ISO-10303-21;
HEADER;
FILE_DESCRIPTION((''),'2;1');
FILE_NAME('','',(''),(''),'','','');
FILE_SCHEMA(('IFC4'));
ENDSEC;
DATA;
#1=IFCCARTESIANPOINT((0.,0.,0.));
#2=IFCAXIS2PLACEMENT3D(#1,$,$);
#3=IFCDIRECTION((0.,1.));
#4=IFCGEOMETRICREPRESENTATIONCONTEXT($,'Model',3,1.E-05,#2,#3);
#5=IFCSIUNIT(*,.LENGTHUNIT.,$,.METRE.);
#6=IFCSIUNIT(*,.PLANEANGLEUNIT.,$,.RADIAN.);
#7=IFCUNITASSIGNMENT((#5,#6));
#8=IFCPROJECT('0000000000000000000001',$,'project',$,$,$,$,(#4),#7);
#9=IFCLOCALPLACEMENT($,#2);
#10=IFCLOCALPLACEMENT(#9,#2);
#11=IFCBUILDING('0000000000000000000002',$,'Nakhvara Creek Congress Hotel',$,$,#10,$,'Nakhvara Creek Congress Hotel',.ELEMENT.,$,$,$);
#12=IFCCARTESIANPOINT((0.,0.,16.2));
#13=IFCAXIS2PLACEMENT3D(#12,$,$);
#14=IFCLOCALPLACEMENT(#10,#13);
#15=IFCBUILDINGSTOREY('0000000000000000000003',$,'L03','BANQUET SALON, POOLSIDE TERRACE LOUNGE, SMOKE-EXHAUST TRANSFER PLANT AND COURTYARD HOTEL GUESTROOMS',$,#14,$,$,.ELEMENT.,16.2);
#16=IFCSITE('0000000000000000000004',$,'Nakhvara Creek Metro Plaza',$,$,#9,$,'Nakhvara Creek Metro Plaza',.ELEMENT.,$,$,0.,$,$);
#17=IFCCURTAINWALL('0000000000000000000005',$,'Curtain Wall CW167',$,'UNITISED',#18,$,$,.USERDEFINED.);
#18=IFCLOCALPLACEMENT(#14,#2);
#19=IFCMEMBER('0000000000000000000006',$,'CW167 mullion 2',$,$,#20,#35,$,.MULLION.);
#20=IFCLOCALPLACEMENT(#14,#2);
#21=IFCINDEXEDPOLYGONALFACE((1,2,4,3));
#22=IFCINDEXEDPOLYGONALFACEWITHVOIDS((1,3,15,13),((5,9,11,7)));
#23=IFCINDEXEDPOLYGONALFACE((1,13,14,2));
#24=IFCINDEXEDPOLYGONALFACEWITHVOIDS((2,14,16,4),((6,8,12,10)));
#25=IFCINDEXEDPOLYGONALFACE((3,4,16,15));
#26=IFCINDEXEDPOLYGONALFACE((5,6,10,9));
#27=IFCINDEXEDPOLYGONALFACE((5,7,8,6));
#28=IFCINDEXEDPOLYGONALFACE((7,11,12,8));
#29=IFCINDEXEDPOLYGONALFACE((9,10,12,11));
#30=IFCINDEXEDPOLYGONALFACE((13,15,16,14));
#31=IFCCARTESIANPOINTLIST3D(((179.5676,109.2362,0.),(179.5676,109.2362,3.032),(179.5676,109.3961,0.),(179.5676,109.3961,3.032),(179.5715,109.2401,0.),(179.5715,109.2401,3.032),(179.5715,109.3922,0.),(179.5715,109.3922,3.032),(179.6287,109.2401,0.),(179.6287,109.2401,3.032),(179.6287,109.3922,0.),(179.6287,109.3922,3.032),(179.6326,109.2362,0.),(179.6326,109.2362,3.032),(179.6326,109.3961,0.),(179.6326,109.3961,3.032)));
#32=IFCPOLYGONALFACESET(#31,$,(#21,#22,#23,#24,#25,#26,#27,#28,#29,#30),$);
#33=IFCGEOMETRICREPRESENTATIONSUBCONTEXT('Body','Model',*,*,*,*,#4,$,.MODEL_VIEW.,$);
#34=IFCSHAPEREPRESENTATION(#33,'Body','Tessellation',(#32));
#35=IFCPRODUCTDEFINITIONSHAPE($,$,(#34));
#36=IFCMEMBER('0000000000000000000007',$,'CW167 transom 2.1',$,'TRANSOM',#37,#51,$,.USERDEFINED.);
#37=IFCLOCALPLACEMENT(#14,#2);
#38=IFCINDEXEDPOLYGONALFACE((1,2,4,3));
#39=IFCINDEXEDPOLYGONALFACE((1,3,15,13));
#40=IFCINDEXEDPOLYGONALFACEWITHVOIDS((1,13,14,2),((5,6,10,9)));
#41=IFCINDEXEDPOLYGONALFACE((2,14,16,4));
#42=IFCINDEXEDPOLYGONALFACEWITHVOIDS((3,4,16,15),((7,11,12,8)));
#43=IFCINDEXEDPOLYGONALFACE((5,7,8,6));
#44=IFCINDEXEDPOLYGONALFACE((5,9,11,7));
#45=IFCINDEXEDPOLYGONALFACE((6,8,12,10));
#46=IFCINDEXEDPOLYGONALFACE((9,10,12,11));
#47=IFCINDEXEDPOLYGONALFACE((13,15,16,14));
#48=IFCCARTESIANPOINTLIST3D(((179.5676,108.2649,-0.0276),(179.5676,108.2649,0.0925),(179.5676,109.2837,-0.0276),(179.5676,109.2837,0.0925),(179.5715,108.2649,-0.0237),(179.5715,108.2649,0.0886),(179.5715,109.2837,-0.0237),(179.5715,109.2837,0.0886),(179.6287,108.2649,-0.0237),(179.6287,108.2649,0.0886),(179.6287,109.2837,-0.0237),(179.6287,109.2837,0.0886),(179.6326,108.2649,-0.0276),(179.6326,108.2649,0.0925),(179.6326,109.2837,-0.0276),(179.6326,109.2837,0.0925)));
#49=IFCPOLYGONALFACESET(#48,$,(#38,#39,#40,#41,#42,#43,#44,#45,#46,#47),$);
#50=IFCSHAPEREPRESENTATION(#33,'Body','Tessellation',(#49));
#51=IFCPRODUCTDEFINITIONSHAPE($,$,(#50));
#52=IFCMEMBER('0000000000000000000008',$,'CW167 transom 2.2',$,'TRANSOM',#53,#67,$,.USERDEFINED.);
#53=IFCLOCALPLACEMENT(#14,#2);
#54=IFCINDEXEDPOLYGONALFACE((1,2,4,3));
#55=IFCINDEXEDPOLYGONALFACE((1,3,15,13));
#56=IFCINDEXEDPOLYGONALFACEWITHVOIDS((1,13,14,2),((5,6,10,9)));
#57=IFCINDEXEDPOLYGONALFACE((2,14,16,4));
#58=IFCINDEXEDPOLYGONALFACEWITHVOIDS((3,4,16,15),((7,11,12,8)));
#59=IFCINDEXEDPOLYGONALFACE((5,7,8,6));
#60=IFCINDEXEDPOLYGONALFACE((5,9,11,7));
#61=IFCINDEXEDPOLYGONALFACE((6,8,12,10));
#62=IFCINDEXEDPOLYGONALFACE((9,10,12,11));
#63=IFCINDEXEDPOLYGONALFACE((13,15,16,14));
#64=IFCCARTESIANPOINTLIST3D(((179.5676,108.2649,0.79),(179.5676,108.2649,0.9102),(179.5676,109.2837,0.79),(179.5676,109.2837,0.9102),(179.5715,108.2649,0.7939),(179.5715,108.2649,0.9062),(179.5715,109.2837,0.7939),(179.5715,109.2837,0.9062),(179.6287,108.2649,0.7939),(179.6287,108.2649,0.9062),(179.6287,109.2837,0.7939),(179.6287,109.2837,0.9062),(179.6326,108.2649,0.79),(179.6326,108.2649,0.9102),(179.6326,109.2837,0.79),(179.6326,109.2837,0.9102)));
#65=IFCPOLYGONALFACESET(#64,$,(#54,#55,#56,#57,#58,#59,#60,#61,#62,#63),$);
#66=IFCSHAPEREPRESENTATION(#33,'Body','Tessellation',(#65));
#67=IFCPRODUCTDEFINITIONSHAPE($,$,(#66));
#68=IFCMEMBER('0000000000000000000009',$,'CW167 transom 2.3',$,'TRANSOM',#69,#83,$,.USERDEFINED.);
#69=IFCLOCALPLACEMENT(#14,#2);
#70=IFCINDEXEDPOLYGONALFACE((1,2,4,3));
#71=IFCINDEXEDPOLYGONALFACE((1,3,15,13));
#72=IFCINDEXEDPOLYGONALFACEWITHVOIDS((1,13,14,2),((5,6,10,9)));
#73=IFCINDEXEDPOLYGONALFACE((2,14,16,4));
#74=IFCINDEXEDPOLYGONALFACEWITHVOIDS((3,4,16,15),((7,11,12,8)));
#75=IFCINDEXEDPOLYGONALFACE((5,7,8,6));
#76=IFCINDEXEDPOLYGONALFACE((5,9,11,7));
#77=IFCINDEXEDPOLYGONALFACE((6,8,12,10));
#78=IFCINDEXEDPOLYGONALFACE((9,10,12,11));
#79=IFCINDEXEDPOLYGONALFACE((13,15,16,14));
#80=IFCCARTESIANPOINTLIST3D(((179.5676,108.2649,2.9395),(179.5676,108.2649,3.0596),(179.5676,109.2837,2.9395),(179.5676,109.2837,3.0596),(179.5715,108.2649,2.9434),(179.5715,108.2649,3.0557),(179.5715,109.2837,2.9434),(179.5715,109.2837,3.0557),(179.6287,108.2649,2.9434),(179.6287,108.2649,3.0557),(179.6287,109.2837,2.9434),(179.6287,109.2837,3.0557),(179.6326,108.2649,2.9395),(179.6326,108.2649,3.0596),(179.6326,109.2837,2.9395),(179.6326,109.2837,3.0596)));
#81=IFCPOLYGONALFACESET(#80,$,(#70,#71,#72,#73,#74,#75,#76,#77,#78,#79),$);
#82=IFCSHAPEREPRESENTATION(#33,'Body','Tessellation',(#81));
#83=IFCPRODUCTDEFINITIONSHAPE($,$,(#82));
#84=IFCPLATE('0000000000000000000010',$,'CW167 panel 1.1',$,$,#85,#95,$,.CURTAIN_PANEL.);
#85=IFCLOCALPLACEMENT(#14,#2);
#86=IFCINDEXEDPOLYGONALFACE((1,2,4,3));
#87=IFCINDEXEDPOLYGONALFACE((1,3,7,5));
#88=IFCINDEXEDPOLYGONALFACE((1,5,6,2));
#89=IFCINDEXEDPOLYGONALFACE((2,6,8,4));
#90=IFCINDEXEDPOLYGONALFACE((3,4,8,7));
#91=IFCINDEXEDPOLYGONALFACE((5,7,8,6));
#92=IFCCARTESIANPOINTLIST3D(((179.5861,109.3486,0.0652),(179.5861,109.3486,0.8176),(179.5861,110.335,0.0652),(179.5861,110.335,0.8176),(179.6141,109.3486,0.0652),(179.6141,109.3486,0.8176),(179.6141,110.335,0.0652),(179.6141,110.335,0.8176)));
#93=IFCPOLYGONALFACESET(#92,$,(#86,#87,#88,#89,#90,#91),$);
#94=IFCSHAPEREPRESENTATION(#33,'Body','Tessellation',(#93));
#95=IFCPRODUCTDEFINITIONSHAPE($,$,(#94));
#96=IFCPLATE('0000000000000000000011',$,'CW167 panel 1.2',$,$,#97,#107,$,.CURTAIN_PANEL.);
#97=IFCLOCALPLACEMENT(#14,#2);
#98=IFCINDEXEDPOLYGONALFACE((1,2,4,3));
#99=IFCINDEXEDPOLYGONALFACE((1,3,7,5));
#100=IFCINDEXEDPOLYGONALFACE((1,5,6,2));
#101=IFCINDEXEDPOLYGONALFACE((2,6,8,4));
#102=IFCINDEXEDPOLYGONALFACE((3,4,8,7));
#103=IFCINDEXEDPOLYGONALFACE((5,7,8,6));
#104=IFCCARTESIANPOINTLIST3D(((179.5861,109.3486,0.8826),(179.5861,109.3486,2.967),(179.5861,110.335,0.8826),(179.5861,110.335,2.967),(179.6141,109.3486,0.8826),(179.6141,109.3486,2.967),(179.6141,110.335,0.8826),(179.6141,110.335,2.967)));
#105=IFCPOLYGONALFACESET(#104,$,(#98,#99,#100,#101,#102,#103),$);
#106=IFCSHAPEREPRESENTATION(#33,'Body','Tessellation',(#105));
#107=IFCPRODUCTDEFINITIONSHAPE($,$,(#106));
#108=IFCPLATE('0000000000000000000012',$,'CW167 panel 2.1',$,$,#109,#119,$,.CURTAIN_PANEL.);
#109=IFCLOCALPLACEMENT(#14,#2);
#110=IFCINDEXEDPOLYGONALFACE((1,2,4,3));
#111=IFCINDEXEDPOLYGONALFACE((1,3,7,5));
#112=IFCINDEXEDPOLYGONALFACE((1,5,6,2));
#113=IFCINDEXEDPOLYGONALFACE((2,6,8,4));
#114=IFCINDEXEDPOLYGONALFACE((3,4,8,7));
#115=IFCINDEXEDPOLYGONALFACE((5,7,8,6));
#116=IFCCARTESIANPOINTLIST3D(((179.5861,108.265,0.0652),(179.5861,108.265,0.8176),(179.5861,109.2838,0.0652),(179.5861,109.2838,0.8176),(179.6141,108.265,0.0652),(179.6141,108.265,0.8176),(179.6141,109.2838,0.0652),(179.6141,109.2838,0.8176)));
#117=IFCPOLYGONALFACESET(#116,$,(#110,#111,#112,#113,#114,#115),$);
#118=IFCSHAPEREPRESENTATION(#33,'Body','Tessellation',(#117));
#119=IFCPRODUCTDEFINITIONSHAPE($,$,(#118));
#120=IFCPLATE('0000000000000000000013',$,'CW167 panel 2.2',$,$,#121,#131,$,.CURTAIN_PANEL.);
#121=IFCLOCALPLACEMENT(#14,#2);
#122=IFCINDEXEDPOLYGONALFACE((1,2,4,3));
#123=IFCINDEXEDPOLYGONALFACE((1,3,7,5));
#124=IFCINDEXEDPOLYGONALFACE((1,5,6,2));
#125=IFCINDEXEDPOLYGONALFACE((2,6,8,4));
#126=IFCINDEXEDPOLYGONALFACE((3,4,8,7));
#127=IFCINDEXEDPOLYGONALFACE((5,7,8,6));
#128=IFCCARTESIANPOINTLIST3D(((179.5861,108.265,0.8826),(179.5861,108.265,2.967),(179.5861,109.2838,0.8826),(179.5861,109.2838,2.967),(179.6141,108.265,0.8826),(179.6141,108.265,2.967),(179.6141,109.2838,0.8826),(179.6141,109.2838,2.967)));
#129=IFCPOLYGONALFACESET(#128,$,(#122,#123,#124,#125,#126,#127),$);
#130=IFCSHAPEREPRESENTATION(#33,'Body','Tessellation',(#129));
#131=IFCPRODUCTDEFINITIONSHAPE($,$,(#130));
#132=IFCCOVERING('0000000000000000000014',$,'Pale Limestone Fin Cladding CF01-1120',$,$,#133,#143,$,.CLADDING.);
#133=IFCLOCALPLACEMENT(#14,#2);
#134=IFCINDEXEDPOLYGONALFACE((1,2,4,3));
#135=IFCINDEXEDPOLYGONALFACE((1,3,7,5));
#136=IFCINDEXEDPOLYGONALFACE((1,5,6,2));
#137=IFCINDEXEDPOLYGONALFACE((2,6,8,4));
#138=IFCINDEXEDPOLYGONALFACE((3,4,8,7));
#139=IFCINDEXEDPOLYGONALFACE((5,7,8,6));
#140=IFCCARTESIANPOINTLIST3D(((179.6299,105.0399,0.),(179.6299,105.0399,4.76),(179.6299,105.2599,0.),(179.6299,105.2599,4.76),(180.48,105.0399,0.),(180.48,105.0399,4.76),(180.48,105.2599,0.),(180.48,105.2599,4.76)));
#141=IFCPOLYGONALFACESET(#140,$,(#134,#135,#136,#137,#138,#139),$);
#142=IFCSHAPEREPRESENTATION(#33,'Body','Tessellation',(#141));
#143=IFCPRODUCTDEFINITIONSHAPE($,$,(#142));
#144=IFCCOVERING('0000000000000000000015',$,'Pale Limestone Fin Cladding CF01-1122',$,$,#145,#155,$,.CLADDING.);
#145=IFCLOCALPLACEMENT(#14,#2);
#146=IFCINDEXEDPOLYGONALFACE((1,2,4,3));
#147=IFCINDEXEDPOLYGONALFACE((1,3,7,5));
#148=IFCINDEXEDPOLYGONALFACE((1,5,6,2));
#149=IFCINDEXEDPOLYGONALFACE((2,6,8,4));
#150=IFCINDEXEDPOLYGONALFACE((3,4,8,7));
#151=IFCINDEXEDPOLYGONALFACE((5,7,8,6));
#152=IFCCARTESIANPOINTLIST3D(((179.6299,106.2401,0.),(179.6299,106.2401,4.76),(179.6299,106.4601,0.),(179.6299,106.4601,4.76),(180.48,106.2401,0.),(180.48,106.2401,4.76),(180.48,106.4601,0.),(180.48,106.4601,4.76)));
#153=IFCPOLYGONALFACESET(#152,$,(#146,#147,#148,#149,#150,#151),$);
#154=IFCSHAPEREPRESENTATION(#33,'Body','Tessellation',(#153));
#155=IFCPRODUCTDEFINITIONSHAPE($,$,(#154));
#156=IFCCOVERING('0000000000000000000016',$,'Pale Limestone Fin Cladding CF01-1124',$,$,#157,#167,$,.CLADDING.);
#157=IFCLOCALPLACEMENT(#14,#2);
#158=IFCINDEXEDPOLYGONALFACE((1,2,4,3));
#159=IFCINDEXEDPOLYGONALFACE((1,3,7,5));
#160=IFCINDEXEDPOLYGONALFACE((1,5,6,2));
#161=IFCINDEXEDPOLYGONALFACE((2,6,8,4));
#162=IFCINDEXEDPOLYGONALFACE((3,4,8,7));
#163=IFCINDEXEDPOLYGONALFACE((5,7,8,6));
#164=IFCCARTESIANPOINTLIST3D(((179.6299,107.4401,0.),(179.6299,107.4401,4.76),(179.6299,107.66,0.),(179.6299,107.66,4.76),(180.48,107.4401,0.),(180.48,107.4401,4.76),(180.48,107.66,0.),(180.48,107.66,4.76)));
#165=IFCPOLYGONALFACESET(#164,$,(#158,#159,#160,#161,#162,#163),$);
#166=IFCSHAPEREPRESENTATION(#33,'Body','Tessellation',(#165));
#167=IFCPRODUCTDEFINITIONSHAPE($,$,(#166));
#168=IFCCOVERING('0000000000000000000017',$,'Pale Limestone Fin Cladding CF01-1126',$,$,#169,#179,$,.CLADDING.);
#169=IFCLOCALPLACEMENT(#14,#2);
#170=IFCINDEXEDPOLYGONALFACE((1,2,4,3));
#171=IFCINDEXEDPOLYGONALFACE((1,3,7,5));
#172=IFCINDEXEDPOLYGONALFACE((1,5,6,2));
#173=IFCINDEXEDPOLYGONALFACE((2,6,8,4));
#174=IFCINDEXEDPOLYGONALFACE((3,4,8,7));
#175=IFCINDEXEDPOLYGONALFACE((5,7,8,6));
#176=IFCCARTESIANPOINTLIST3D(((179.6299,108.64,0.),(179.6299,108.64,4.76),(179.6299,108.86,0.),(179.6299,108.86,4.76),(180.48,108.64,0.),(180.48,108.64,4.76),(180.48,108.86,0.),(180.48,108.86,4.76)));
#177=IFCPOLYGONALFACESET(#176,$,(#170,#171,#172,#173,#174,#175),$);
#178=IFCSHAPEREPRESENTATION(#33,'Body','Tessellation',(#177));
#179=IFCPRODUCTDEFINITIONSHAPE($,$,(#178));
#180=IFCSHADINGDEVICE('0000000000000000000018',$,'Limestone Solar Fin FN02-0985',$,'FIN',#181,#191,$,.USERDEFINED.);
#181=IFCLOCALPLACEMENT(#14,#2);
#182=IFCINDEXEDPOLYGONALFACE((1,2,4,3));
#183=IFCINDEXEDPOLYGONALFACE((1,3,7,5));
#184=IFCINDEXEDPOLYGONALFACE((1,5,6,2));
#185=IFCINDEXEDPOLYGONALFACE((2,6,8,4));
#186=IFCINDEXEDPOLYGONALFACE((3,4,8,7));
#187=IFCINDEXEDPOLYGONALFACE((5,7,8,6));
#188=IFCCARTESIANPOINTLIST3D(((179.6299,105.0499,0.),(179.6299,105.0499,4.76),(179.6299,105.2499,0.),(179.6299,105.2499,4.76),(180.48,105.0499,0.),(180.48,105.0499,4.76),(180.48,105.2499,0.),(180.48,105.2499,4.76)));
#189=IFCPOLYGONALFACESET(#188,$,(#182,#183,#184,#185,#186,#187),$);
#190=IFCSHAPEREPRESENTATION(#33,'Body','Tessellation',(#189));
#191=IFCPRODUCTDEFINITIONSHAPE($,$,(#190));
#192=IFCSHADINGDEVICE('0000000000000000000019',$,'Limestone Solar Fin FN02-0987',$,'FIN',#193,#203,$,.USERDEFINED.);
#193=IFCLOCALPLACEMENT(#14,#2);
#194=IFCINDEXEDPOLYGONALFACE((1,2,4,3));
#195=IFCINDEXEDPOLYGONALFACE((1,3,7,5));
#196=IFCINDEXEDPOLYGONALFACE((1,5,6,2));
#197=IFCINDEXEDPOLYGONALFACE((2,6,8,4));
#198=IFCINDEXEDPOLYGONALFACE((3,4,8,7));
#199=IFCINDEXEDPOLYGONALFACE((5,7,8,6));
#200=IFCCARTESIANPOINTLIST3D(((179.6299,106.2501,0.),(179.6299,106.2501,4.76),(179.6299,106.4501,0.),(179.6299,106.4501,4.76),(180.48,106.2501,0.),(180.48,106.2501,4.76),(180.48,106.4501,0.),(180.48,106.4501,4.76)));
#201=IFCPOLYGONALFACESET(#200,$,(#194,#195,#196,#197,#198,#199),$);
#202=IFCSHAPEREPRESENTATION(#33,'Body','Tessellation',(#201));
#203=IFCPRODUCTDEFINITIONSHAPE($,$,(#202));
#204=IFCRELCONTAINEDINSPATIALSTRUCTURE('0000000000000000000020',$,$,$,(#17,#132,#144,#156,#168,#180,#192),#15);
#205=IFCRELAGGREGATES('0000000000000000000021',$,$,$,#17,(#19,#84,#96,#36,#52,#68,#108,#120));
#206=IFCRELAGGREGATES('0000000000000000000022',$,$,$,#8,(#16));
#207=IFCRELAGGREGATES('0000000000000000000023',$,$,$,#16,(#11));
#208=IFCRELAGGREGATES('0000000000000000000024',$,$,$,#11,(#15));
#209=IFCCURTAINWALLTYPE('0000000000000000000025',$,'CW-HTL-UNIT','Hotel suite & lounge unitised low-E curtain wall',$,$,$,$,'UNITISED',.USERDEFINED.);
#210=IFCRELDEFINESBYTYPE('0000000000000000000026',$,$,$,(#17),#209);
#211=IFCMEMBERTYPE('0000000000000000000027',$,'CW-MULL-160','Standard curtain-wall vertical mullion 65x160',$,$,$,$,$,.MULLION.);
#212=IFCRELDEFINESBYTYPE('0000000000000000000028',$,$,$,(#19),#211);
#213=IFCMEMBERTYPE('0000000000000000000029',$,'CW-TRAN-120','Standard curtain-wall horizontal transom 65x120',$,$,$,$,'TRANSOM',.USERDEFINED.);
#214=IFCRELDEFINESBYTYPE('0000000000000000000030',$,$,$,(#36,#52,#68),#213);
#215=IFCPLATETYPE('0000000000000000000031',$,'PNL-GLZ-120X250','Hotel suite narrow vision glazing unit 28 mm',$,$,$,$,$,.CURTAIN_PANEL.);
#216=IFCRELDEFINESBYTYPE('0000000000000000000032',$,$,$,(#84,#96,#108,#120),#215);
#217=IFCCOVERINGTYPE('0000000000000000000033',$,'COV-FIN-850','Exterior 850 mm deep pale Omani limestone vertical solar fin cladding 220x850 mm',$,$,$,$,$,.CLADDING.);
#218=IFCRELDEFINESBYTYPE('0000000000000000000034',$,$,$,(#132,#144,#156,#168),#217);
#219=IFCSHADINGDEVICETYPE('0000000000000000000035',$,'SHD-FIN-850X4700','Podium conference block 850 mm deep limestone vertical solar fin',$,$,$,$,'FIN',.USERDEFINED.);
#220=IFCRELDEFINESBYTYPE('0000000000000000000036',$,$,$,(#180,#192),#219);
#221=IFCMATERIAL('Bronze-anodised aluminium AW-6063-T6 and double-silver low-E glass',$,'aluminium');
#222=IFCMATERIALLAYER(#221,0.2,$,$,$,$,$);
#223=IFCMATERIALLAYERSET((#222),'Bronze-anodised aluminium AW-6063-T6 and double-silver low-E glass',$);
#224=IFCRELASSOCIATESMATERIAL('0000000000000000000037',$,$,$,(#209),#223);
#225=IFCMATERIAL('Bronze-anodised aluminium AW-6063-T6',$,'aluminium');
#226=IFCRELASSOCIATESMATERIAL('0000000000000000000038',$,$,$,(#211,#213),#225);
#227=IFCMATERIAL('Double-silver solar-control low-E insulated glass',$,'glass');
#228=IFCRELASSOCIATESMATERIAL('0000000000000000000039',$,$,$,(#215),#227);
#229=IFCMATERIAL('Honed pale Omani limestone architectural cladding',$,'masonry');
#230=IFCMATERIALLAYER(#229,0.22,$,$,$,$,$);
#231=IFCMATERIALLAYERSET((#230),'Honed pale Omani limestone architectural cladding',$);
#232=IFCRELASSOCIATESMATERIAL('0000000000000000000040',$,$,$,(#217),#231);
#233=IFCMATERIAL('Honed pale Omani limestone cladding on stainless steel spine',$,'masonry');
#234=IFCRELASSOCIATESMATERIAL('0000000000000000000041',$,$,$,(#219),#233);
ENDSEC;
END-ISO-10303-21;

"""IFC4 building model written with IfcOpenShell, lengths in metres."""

from ifc_helpers import new_model, si_unit, direction, frame, origin, origin_2d, place, context, subcontext, project, spatial, rectangle, hollow_rectangle, extrude, material, layer, layer_set, material_profile, profile_set, type_object, element, aggregate, save


model = new_model("IFC4")

# Units and contexts
model_context = context("Model", 3, precision=1e-05, world=origin(), true_north=direction((0.0, 1.0)))
body_context = subcontext(model_context, "Body", "Model", "MODEL_VIEW")
ifc_project = project(units=[si_unit("LENGTHUNIT", "METRE"), si_unit("PLANEANGLEUNIT", "RADIAN")], contexts=[model_context])

# Site, building, storey
site_placement = place(None, origin())
site = spatial("IfcSite", under=ifc_project, at=site_placement, Name="Nakhvara Creek Metro Plaza", LongName="Nakhvara Creek Metro Plaza", CompositionType="ELEMENT", RefElevation=0.0)
building_placement = place(site_placement, origin())
building = spatial("IfcBuilding", under=site, at=building_placement, Name="Nakhvara Creek Congress Hotel", LongName="Nakhvara Creek Congress Hotel", CompositionType="ELEMENT")
storey_placement = place(building_placement, frame((0.0, 0.0, 16.2)))
storey = spatial("IfcBuildingStorey", under=building, at=storey_placement, Name="L03", Description="BANQUET SALON, POOLSIDE TERRACE LOUNGE, SMOKE-EXHAUST TRANSFER PLANT AND COURTYARD HOTEL GUESTROOMS", CompositionType="ELEMENT", Elevation=16.2)

# Curtain wall, members, plates
ifc_material_1 = material(Name="Bronze-anodised aluminium AW-6063-T6 and double-silver low-E glass", Category="aluminium")
ifc_layer_1 = layer(ifc_material_1, 0.2)
ifc_layer_set_1 = layer_set([ifc_layer_1], Name="Bronze-anodised aluminium AW-6063-T6 and double-silver low-E glass")
curtain_wall_type = type_object("IfcCurtainWallType", Name="CW-HTL-UNIT", Description="Hotel suite & lounge unitised low-E curtain wall", ElementType="UNITISED", PredefinedType="USERDEFINED", material=ifc_layer_set_1)
curtain_wall_placement = place(storey_placement, origin())
curtain_wall = element("IfcCurtainWall", 1, at=curtain_wall_placement, inside=storey, type_object=curtain_wall_type, Name="Curtain Wall CW167", ObjectType="UNITISED", PredefinedType="USERDEFINED")
ifc_material_2 = material(Name="Bronze-anodised aluminium AW-6063-T6", Category="aluminium")
ifc_material_profile_1 = material_profile(ifc_material_2, hollow_rectangle(XDim=0.0649, YDim=0.1599, WallThickness=0.0039, at=origin_2d()), Name="ALU-MULL 65x160x4", Category="LoadBearing")
ifc_profile_set_1 = profile_set([ifc_material_profile_1], Name="Bronze-anodised aluminium AW-6063-T6")
member_type_1 = type_object("IfcMemberType", Name="CW-MULL-160", Description="Standard curtain-wall vertical mullion 65x160", PredefinedType="MULLION", material=ifc_profile_set_1)
member_1_placement = place(storey_placement, frame((179.6001, 109.3162, 0.0), z_axis=(0.0, 0.0, 1.0), x_axis=(1.0, 0.0, 0.0)))
member_1 = element("IfcMember", 2, at=member_1_placement, type_object=member_type_1, Name="CW167 mullion 2", PredefinedType="MULLION", context=body_context, shape_type="SweptSolid", body=[
    extrude(hollow_rectangle(XDim=0.0649, YDim=0.1599, WallThickness=0.0039, at=origin_2d()), origin(), (0.0, 0.0, 1.0), 3.032),
])
ifc_material_profile_2 = material_profile(ifc_material_2, hollow_rectangle(XDim=0.0649, YDim=0.1201, WallThickness=0.0039, at=origin_2d()), Name="ALU-TRAN 65x120x4", Category="LoadBearing")
ifc_profile_set_2 = profile_set([ifc_material_profile_2], Name="Bronze-anodised aluminium AW-6063-T6")
member_type_2 = type_object("IfcMemberType", Name="CW-TRAN-120", Description="Standard curtain-wall horizontal transom 65x120", ElementType="TRANSOM", PredefinedType="USERDEFINED", material=ifc_profile_set_2)
member_2_placement = place(storey_placement, frame((179.6001, 109.2837, 0.0325), z_axis=(0.0, -1.0, 0.0), x_axis=(1.0, 0.0, 0.0)))
member_2 = element("IfcMember", 3, at=member_2_placement, type_object=member_type_2, Name="CW167 transom 2.1", ObjectType="TRANSOM", PredefinedType="USERDEFINED", context=body_context, shape_type="SweptSolid", body=[
    extrude(hollow_rectangle(XDim=0.0649, YDim=0.1201, WallThickness=0.0039, at=origin_2d()), origin(), (0.0, 0.0, 1.0), 1.0188),
])
member_3_placement = place(storey_placement, frame((179.6001, 109.2837, 0.8501), z_axis=(0.0, -1.0, 0.0), x_axis=(1.0, 0.0, 0.0)))
member_3 = element("IfcMember", 4, at=member_3_placement, type_object=member_type_2, Name="CW167 transom 2.2", ObjectType="TRANSOM", PredefinedType="USERDEFINED", context=body_context, shape_type="SweptSolid", body=[
    extrude(hollow_rectangle(XDim=0.0649, YDim=0.1201, WallThickness=0.0039, at=origin_2d()), origin(), (0.0, 0.0, 1.0), 1.0188),
])
member_4_placement = place(storey_placement, frame((179.6001, 109.2837, 2.9995), z_axis=(0.0, -1.0, 0.0), x_axis=(1.0, 0.0, 0.0)))
member_4 = element("IfcMember", 5, at=member_4_placement, type_object=member_type_2, Name="CW167 transom 2.3", ObjectType="TRANSOM", PredefinedType="USERDEFINED", context=body_context, shape_type="SweptSolid", body=[
    extrude(hollow_rectangle(XDim=0.0649, YDim=0.1201, WallThickness=0.0039, at=origin_2d()), origin(), (0.0, 0.0, 1.0), 1.0188),
])
ifc_material_3 = material(Name="Double-silver solar-control low-E insulated glass", Category="glass")
plate_type = type_object("IfcPlateType", Name="PNL-GLZ-120X250", Description="Hotel suite narrow vision glazing unit 28 mm", PredefinedType="CURTAIN_PANEL", material=ifc_material_3)
plate_1_placement = place(storey_placement, frame((179.6001, 109.8418, 0.0652), z_axis=(0.0, 0.0, 1.0), x_axis=(0.0, -1.0, 0.0)))
plate_1 = element("IfcPlate", 6, at=plate_1_placement, type_object=plate_type, Name="CW167 panel 1.1", PredefinedType="CURTAIN_PANEL", context=body_context, shape_type="SweptSolid", body=[
    extrude(rectangle(XDim=0.9863, YDim=0.0281, at=origin_2d()), origin(), (0.0, 0.0, 1.0), 0.7524),
])
plate_2_placement = place(storey_placement, frame((179.6001, 109.8418, 0.8826), z_axis=(0.0, 0.0, 1.0), x_axis=(0.0, -1.0, 0.0)))
plate_2 = element("IfcPlate", 7, at=plate_2_placement, type_object=plate_type, Name="CW167 panel 1.2", PredefinedType="CURTAIN_PANEL", context=body_context, shape_type="SweptSolid", body=[
    extrude(rectangle(XDim=0.9863, YDim=0.0281, at=origin_2d()), origin(), (0.0, 0.0, 1.0), 2.0845),
])
plate_3_placement = place(storey_placement, frame((179.6001, 108.7744, 0.0652), z_axis=(0.0, 0.0, 1.0), x_axis=(0.0, -1.0, 0.0)))
plate_3 = element("IfcPlate", 8, at=plate_3_placement, type_object=plate_type, Name="CW167 panel 2.1", PredefinedType="CURTAIN_PANEL", context=body_context, shape_type="SweptSolid", body=[
    extrude(rectangle(XDim=1.0188, YDim=0.0281, at=origin_2d()), origin(), (0.0, 0.0, 1.0), 0.7524),
])
plate_4_placement = place(storey_placement, frame((179.6001, 108.7744, 0.8826), z_axis=(0.0, 0.0, 1.0), x_axis=(0.0, -1.0, 0.0)))
plate_4 = element("IfcPlate", 9, at=plate_4_placement, type_object=plate_type, Name="CW167 panel 2.2", PredefinedType="CURTAIN_PANEL", context=body_context, shape_type="SweptSolid", body=[
    extrude(rectangle(XDim=1.0188, YDim=0.0281, at=origin_2d()), origin(), (0.0, 0.0, 1.0), 2.0845),
])
aggregate(curtain_wall, [member_1, plate_1, plate_2, member_2, member_3, member_4, plate_3, plate_4])

# Coverings
ifc_material_4 = material(Name="Honed pale Omani limestone architectural cladding", Category="masonry")
ifc_layer_2 = layer(ifc_material_4, 0.22)
ifc_layer_set_2 = layer_set([ifc_layer_2], Name="Honed pale Omani limestone architectural cladding")
covering_type = type_object("IfcCoveringType", Name="COV-FIN-850", Description="Exterior 850 mm deep pale Omani limestone vertical solar fin cladding 220x850 mm", PredefinedType="CLADDING", material=ifc_layer_set_2)
for number, where, z_axis, x_axis, name in (
    (10, (180.0549, 105.1499, 0.0), (0.0, 0.0, 1.0), (0.0, 1.0, 0.0), "Pale Limestone Fin Cladding CF01-1120"),
    (11, (180.0549, 106.3501, 0.0), (0.0, 0.0, 1.0), (0.0, 1.0, 0.0), "Pale Limestone Fin Cladding CF01-1122"),
    (12, (180.0549, 107.55, 0.0), (0.0, 0.0, 1.0), (0.0, 1.0, 0.0), "Pale Limestone Fin Cladding CF01-1124"),
    (13, (180.0549, 108.75, 0.0), (0.0, 0.0, 1.0), (0.0, 1.0, 0.0), "Pale Limestone Fin Cladding CF01-1126"),
):
    element("IfcCovering", number, at=place(storey_placement, frame(where, z_axis=z_axis, x_axis=x_axis)), inside=storey, type_object=covering_type, Name=name, PredefinedType="CLADDING", context=body_context, shape_type="SweptSolid", body=[
        extrude(rectangle(XDim=0.22, YDim=0.8501, at=origin_2d()), origin(), (0.0, 0.0, 1.0), 4.76),
    ])

# Shading devices
ifc_material_5 = material(Name="Honed pale Omani limestone cladding on stainless steel spine", Category="masonry")
shading_device_type = type_object("IfcShadingDeviceType", Name="SHD-FIN-850X4700", Description="Podium conference block 850 mm deep limestone vertical solar fin", ElementType="FIN", PredefinedType="USERDEFINED", material=ifc_material_5)
for number, where, z_axis, x_axis, name in (
    (14, (180.0549, 105.1499, 0.0), (0.0, 0.0, 1.0), (0.0, 1.0, 0.0), "Limestone Solar Fin FN02-0985"),
    (15, (180.0549, 106.3501, 0.0), (0.0, 0.0, 1.0), (0.0, 1.0, 0.0), "Limestone Solar Fin FN02-0987"),
):
    element("IfcShadingDevice", number, at=place(storey_placement, frame(where, z_axis=z_axis, x_axis=x_axis)), inside=storey, type_object=shading_device_type, Name=name, ObjectType="FIN", PredefinedType="USERDEFINED", context=body_context, shape_type="SweptSolid", body=[
        extrude(rectangle(XDim=0.2, YDim=0.8501, at=origin_2d()), origin(), (0.0, 0.0, 1.0), 4.76),
    ])

save(model, "model.ifc")
